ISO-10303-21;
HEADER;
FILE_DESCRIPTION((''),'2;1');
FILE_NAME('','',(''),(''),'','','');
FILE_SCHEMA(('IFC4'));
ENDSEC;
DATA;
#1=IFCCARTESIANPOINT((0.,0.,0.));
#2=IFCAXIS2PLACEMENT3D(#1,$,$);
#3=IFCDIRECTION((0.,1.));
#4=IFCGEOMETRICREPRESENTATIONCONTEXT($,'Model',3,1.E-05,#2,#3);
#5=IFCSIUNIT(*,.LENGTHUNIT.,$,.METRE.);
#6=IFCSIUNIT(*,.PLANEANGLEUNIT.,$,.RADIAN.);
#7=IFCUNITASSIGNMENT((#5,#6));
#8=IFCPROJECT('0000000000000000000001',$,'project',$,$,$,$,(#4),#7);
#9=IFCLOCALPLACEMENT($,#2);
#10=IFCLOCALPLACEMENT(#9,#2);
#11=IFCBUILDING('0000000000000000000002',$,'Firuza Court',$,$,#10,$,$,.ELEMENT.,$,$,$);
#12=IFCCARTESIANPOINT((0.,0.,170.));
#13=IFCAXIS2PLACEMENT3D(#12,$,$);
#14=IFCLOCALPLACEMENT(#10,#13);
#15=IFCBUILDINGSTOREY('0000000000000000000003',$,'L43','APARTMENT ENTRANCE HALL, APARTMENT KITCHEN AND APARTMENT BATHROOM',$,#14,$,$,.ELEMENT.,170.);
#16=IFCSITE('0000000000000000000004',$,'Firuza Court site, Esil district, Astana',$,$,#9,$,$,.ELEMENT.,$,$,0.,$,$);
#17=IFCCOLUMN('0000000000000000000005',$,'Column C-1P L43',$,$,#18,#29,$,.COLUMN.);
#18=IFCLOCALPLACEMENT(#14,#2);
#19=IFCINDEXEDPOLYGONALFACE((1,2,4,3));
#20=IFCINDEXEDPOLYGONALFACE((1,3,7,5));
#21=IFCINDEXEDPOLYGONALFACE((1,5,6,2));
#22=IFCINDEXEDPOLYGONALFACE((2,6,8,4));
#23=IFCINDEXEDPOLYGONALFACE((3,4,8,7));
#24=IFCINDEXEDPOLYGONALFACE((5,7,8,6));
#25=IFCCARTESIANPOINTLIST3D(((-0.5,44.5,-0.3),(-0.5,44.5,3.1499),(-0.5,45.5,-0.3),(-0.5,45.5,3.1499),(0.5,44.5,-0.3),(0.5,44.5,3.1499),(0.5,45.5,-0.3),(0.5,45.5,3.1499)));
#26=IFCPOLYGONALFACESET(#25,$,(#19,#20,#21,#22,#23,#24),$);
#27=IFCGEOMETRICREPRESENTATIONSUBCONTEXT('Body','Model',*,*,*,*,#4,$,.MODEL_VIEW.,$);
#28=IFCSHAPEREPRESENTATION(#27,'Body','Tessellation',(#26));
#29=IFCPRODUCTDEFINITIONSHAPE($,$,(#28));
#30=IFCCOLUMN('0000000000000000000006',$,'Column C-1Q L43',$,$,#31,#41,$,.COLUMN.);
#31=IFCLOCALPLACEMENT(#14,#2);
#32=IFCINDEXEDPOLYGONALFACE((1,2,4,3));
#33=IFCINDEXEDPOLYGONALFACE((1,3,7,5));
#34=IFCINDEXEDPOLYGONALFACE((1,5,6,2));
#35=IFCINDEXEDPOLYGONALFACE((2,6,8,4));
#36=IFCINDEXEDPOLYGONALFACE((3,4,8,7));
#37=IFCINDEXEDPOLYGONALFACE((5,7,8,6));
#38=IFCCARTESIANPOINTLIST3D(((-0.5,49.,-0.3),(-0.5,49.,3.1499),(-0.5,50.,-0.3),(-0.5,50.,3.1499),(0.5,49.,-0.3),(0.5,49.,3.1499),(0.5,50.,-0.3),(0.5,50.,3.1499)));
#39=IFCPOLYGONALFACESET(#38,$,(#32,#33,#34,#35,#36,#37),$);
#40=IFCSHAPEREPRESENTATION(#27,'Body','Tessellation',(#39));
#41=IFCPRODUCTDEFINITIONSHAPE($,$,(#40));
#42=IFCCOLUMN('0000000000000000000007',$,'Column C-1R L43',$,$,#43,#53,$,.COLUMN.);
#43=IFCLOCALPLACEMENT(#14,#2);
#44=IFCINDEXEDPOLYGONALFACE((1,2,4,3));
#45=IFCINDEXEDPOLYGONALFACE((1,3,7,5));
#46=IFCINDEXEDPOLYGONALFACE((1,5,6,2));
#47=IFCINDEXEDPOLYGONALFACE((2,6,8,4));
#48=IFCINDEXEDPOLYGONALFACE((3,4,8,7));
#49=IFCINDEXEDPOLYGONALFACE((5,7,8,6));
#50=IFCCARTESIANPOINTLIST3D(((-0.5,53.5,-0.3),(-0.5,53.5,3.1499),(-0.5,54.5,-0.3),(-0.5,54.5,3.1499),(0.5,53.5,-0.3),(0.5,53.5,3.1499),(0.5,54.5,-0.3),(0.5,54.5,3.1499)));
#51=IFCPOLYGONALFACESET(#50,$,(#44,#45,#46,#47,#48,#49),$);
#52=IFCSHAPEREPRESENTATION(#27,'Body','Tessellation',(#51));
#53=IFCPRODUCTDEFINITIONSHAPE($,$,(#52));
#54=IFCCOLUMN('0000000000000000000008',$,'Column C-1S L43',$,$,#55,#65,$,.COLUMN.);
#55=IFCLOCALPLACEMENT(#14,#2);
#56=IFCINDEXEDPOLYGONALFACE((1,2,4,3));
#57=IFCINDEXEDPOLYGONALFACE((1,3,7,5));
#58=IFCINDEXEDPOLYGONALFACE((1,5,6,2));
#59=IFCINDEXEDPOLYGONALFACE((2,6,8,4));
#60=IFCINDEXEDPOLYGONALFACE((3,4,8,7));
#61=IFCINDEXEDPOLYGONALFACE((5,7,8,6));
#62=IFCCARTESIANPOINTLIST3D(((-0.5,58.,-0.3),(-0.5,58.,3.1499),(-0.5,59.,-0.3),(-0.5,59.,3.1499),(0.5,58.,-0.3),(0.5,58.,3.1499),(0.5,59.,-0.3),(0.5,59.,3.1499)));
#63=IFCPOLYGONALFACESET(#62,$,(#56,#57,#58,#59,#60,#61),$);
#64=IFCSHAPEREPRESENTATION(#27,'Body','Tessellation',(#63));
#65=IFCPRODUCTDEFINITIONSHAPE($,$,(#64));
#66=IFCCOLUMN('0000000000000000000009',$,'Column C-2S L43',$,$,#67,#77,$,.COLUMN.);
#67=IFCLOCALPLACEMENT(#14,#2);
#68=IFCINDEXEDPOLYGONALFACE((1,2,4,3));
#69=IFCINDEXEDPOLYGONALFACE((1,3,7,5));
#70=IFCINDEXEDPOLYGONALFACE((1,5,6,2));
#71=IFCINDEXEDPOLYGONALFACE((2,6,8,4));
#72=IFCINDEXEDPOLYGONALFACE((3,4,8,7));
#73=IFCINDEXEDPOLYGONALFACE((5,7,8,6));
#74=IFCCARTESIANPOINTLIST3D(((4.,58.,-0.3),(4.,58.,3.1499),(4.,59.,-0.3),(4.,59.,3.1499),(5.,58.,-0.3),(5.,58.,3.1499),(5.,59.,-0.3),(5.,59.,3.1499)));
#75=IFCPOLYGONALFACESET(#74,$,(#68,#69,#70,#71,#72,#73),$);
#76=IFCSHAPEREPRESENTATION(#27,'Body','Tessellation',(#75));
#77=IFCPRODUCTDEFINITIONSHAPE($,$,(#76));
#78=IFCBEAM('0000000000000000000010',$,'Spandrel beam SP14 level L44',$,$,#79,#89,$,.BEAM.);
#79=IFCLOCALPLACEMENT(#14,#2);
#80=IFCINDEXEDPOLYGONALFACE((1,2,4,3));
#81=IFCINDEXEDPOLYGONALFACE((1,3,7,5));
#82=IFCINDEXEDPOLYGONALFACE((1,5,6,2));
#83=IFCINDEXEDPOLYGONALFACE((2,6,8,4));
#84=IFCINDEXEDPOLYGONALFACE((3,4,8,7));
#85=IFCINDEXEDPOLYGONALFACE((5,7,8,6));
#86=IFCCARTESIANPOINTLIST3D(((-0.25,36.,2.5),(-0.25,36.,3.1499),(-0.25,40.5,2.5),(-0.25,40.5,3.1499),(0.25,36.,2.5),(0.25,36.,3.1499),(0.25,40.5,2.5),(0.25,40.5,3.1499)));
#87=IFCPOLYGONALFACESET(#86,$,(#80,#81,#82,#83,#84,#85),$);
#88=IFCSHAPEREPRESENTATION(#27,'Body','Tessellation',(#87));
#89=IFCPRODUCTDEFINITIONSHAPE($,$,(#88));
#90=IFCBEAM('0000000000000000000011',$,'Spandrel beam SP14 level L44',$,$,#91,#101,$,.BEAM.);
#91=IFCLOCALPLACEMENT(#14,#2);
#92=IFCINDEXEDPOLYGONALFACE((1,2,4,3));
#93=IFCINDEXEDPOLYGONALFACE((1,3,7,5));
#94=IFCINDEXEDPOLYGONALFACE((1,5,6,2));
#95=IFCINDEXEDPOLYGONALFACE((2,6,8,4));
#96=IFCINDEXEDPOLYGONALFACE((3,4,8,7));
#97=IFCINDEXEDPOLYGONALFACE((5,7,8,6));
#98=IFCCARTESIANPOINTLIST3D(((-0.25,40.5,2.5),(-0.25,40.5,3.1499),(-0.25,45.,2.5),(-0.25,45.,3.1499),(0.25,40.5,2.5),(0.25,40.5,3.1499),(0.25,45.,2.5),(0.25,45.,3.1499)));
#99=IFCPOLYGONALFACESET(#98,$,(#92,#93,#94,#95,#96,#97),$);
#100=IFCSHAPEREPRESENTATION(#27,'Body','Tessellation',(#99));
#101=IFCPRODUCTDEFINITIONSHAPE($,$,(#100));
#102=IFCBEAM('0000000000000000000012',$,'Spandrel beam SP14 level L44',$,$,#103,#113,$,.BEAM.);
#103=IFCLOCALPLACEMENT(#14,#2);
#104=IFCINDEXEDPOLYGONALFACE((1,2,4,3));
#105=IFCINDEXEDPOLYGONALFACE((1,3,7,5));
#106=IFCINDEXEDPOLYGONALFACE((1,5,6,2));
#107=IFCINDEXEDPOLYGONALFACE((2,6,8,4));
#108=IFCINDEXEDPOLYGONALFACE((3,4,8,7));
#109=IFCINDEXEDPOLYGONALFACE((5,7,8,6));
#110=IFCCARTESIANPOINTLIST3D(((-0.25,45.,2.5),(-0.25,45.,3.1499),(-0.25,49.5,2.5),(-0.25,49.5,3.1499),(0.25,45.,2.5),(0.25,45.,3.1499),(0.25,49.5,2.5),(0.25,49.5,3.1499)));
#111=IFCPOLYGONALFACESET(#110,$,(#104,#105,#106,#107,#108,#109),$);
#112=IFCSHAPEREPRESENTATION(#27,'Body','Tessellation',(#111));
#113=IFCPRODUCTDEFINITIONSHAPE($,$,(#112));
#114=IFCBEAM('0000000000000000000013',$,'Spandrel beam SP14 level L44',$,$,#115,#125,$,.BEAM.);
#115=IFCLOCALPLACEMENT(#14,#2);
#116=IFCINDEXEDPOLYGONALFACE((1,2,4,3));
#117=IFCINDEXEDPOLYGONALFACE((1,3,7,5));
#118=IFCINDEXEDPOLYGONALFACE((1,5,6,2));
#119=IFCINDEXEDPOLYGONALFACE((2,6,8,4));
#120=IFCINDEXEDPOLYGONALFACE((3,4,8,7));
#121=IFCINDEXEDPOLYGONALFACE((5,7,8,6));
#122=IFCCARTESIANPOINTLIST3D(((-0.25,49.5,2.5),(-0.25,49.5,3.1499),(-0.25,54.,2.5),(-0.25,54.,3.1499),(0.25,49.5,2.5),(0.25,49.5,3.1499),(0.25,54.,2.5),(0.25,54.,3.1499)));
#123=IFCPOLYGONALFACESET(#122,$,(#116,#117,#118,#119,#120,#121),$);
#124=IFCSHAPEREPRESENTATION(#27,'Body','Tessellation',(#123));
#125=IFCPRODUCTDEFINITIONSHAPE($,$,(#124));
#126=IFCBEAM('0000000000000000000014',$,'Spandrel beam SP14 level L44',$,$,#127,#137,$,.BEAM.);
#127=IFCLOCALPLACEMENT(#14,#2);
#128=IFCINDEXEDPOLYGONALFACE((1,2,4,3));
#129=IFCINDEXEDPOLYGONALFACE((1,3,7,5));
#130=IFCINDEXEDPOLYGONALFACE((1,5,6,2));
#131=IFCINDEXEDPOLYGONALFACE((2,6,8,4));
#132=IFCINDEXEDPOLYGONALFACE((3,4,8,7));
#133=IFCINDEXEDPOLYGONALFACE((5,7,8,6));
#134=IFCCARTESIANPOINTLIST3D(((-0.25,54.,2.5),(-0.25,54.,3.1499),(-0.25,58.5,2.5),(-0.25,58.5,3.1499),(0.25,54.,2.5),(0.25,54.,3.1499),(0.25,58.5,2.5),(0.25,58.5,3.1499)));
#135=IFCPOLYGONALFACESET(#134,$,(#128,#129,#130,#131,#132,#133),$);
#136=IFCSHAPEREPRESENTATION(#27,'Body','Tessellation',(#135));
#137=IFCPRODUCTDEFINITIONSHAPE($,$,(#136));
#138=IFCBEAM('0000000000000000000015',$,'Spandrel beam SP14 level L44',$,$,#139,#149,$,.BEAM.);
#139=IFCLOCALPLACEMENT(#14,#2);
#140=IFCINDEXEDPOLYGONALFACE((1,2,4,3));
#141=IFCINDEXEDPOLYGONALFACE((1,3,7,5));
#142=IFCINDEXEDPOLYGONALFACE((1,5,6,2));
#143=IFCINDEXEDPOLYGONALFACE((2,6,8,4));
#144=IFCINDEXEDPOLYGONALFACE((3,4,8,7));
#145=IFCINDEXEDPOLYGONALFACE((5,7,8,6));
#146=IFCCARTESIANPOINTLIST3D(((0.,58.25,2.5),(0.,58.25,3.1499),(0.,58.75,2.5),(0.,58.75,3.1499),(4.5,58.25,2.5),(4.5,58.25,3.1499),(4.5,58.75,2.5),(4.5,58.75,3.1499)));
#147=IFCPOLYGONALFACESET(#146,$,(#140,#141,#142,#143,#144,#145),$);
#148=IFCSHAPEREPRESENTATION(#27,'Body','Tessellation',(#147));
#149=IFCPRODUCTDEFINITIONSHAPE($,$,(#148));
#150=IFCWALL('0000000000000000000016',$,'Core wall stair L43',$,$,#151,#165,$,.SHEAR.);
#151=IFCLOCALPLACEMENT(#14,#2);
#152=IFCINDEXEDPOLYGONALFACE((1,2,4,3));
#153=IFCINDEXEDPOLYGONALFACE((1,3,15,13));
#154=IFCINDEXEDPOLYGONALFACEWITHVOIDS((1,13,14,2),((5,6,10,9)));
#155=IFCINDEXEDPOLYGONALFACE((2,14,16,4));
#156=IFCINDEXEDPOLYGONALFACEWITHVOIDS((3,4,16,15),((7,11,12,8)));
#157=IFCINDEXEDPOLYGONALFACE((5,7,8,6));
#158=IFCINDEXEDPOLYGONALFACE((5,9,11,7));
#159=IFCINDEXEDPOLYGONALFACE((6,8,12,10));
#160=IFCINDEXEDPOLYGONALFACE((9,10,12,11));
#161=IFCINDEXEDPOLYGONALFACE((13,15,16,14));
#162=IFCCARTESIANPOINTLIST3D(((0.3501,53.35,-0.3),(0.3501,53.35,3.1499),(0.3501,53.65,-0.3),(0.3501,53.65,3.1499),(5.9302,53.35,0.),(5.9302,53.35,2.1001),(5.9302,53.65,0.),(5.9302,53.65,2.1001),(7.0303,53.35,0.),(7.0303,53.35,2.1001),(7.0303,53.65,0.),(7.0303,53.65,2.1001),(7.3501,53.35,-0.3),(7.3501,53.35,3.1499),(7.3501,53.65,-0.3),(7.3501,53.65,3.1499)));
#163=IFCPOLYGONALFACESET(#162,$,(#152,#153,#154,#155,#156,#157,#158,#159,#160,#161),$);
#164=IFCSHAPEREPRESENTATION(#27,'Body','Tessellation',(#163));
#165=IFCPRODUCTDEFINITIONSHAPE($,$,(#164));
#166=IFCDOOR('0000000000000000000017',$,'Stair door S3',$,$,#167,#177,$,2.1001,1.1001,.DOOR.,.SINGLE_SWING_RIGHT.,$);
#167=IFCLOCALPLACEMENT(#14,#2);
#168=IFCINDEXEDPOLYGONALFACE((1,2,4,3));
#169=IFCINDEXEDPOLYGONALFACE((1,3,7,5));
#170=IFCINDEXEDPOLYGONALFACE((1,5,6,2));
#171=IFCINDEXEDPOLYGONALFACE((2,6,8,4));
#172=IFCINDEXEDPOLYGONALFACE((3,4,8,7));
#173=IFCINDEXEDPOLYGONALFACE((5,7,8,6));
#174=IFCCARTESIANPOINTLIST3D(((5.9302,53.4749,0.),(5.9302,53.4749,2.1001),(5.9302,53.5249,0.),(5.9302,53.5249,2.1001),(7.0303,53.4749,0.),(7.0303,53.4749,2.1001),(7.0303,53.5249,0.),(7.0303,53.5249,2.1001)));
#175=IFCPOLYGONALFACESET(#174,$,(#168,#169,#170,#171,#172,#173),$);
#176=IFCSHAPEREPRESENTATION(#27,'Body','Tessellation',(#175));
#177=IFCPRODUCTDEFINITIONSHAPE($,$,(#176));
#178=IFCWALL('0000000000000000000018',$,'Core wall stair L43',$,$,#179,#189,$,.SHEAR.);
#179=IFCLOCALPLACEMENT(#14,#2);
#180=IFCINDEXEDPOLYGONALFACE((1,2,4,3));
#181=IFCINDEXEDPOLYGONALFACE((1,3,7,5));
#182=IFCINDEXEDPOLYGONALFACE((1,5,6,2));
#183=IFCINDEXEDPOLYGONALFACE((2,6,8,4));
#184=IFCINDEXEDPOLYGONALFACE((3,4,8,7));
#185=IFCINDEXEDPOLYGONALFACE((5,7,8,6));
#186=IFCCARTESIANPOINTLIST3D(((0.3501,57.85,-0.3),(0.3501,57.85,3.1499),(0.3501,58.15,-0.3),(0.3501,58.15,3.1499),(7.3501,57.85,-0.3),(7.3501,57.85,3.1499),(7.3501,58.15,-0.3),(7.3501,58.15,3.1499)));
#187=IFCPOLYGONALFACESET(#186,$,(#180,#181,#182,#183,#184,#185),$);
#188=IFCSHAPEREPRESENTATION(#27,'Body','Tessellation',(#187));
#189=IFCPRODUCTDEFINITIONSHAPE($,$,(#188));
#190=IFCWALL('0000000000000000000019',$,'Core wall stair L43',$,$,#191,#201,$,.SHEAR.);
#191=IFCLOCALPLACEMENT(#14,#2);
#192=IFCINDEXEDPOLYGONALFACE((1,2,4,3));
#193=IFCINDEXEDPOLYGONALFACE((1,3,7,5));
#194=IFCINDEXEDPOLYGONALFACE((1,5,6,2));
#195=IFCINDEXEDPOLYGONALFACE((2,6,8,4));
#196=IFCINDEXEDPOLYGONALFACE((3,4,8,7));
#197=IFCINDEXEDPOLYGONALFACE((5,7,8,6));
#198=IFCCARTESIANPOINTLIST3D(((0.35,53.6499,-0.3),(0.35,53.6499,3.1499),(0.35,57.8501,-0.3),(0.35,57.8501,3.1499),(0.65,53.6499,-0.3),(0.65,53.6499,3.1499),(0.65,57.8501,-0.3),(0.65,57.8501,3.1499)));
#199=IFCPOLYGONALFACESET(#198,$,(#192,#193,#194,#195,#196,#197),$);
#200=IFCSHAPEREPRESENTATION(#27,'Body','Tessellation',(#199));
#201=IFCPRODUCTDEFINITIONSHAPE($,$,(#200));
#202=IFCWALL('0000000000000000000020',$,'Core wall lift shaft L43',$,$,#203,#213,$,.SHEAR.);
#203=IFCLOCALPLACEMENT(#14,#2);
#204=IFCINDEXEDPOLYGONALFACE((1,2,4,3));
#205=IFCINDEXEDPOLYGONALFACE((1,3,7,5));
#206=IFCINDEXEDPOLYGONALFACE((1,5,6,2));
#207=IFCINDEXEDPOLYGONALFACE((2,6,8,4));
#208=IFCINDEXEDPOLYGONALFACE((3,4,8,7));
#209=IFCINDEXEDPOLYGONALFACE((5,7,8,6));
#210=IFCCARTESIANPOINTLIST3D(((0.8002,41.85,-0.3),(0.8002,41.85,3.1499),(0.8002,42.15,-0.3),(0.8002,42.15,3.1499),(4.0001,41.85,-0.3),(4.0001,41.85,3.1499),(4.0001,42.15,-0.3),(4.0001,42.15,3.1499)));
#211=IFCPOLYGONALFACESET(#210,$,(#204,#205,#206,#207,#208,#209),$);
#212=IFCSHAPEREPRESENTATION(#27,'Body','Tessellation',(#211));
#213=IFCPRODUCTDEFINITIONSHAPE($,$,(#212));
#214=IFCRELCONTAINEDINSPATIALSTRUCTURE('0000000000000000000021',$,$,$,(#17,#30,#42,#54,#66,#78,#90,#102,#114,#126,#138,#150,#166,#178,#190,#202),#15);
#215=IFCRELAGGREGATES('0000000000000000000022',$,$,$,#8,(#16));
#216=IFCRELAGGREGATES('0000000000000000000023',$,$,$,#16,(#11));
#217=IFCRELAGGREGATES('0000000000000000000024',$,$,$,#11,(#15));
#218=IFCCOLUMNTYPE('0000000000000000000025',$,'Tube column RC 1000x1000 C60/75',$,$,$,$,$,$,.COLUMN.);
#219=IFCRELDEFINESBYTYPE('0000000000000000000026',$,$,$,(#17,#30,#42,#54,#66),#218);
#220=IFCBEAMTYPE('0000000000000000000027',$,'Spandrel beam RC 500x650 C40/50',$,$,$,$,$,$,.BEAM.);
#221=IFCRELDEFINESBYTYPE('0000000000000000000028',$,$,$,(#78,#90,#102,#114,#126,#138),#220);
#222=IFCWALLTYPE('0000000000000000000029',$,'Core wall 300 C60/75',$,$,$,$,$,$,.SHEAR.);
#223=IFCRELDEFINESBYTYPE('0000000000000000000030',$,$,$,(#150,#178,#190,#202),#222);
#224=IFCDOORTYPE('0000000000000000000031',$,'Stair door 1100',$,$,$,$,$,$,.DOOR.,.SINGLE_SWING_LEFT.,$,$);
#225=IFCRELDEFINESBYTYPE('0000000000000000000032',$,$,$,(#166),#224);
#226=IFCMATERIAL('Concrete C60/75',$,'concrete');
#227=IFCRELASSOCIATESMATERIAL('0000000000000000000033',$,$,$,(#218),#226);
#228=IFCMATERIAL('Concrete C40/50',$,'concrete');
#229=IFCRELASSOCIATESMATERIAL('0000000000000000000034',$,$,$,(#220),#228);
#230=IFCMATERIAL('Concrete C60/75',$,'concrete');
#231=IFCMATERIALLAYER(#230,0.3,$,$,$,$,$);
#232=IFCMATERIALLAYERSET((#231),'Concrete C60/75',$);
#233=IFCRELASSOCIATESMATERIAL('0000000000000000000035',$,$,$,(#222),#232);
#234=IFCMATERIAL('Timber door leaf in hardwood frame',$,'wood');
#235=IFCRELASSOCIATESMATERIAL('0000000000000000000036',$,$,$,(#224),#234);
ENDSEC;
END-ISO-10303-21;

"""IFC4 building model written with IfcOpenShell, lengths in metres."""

from ifc_helpers import new_model, si_unit, direction, frame, frame_2d, origin, origin_2d, place, context, subcontext, project, spatial, rectangle, extrude, material, layer, layer_set, material_profile, profile_set, type_object, element, fill, save


model = new_model("IFC4")

# Units and contexts
model_context = context("Model", 3, precision=1e-05, world=origin(), true_north=direction((0.0, 1.0)))
body_context = subcontext(model_context, "Body", "Model", "MODEL_VIEW")
ifc_project = project(units=[si_unit("LENGTHUNIT", "METRE"), si_unit("PLANEANGLEUNIT", "RADIAN")], contexts=[model_context])

# Site, building, storey
site_placement = place(None, origin())
site = spatial("IfcSite", under=ifc_project, at=site_placement, Name="Firuza Court site, Esil district, Astana", CompositionType="ELEMENT", RefElevation=0.0)
building_placement = place(site_placement, origin())
building = spatial("IfcBuilding", under=site, at=building_placement, Name="Firuza Court", CompositionType="ELEMENT")
storey_placement = place(building_placement, frame((0.0, 0.0, 170.0)))
storey = spatial("IfcBuildingStorey", under=building, at=storey_placement, Name="L43", Description="APARTMENT ENTRANCE HALL, APARTMENT KITCHEN AND APARTMENT BATHROOM", CompositionType="ELEMENT", Elevation=170.0)

# Columns
ifc_material_1 = material(Name="Concrete C60/75", Category="concrete")
ifc_material_profile_1 = material_profile(ifc_material_1, rectangle(XDim=1.0, YDim=1.0, at=origin_2d()), Name="RC 1000x1000")
ifc_profile_set_1 = profile_set([ifc_material_profile_1], Name="Concrete C60/75")
column_type = type_object("IfcColumnType", Name="Tube column RC 1000x1000 C60/75", PredefinedType="COLUMN", material=ifc_profile_set_1)
for number, where, z_axis, x_axis, name in (
    (1, (0.0, 45.0, -0.3), (0.0, 0.0, 1.0), (1.0, 0.0, 0.0), "Column C-1P L43"),
    (2, (0.0, 49.5, -0.3), (0.0, 0.0, 1.0), (1.0, 0.0, 0.0), "Column C-1Q L43"),
    (3, (0.0, 54.0, -0.3), (0.0, 0.0, 1.0), (1.0, 0.0, 0.0), "Column C-1R L43"),
    (4, (0.0, 58.5, -0.3), (0.0, 0.0, 1.0), (1.0, 0.0, 0.0), "Column C-1S L43"),
    (5, (4.5, 58.5, -0.3), (0.0, 0.0, 1.0), (1.0, 0.0, 0.0), "Column C-2S L43"),
):
    element("IfcColumn", number, at=place(storey_placement, frame(where, z_axis=z_axis, x_axis=x_axis)), inside=storey, type_object=column_type, Name=name, PredefinedType="COLUMN", context=body_context, shape_type="SweptSolid", body=[
        extrude(rectangle(XDim=1.0, YDim=1.0, at=origin_2d()), origin(), (0.0, 0.0, 1.0), 3.45),
    ])

# Beams
ifc_material_2 = material(Name="Concrete C40/50", Category="concrete")
ifc_material_profile_2 = material_profile(ifc_material_2, rectangle(XDim=0.5, YDim=0.6499, at=origin_2d()), Name="RC 500x650")
ifc_profile_set_2 = profile_set([ifc_material_profile_2], Name="Concrete C40/50")
beam_type = type_object("IfcBeamType", Name="Spandrel beam RC 500x650 C40/50", PredefinedType="BEAM", material=ifc_profile_set_2)
for number, where, z_axis, x_axis, name in (
    (6, (0.0, 40.5, 2.825), (0.0, -1.0, 0.0), (1.0, 0.0, 0.0), "Spandrel beam SP14 level L44"),
    (7, (0.0, 45.0, 2.825), (0.0, -1.0, 0.0), (1.0, 0.0, 0.0), "Spandrel beam SP14 level L44"),
    (8, (0.0, 49.5, 2.825), (0.0, -1.0, 0.0), (1.0, 0.0, 0.0), "Spandrel beam SP14 level L44"),
    (9, (0.0, 54.0, 2.825), (0.0, -1.0, 0.0), (1.0, 0.0, 0.0), "Spandrel beam SP14 level L44"),
    (10, (0.0, 58.5, 2.825), (0.0, -1.0, 0.0), (1.0, 0.0, 0.0), "Spandrel beam SP14 level L44"),
    (11, (4.5, 58.5, 2.825), (-1.0, 0.0, 0.0), (0.0, -1.0, 0.0), "Spandrel beam SP14 level L44"),
):
    element("IfcBeam", number, at=place(storey_placement, frame(where, z_axis=z_axis, x_axis=x_axis)), inside=storey, type_object=beam_type, Name=name, PredefinedType="BEAM", context=body_context, shape_type="SweptSolid", body=[
        extrude(rectangle(XDim=0.5, YDim=0.6499, at=origin_2d()), origin(), (0.0, 0.0, 1.0), 4.5),
    ])

# Wall, opening, door
ifc_material_3 = material(Name="Concrete C60/75", Category="concrete")
ifc_layer_1 = layer(ifc_material_3, 0.3)
ifc_layer_set_1 = layer_set([ifc_layer_1], Name="Concrete C60/75")
wall_type_1 = type_object("IfcWallType", Name="Core wall 300 C60/75", PredefinedType="SHEAR", material=ifc_layer_set_1)
wall_1_placement = place(storey_placement, frame((0.3501, 53.5, -0.3), z_axis=(0.0, 0.0, 1.0), x_axis=(1.0, 0.0, 0.0)))
wall_1 = element("IfcWall", 12, at=wall_1_placement, inside=storey, type_object=wall_type_1, Name="Core wall stair L43", PredefinedType="SHEAR", context=body_context, shape_type="SweptSolid", body=[
    extrude(rectangle(XDim=7.0, YDim=0.3, at=frame_2d((3.5, 0.0))), origin(), (0.0, 0.0, 1.0), 3.45),
])
opening_1_placement = place(wall_1_placement, frame((5.5801, 0.0, 0.3)))
opening_1 = element("IfcOpeningElement", 13, at=opening_1_placement, cuts=wall_1, PredefinedType="OPENING", context=body_context, shape_type="SweptSolid", body=[
    extrude(rectangle(XDim=1.1001, YDim=2.1001, at=frame_2d((0.55, 1.05))), frame((0.0, 0.1621, 0.0), z_axis=(0.0, -1.0, 0.0), x_axis=(1.0, 0.0, 0.0)), (0.0, 0.0, 1.0), 0.324),
])
ifc_material_4 = material(Name="Timber door leaf in hardwood frame", Category="wood")
door_type = type_object("IfcDoorType", Name="Stair door 1100", OperationType="SINGLE_SWING_LEFT", PredefinedType="DOOR", material=ifc_material_4)
door_placement = place(opening_1_placement, origin())
door = element("IfcDoor", 14, at=door_placement, inside=storey, type_object=door_type, Name="Stair door S3", OperationType="SINGLE_SWING_RIGHT", OverallHeight=2.1001, OverallWidth=1.1001, PredefinedType="DOOR", context=body_context, shape_type="SweptSolid", body=[
    extrude(rectangle(XDim=1.1001, YDim=2.1001, at=frame_2d((0.55, 1.05))), frame((0.0, 0.0249, 0.0), z_axis=(0.0, -1.0, 0.0), x_axis=(1.0, 0.0, 0.0)), (0.0, 0.0, 1.0), 0.05),
])
fill(opening_1, door)

# Walls
wall_2_placement = place(storey_placement, frame((0.3501, 58.0, -0.3), z_axis=(0.0, 0.0, 1.0), x_axis=(1.0, 0.0, 0.0)))
element("IfcWall", 15, at=wall_2_placement, inside=storey, type_object=wall_type_1, Name="Core wall stair L43", PredefinedType="SHEAR", context=body_context, shape_type="SweptSolid", body=[
    extrude(rectangle(XDim=7.0, YDim=0.3, at=frame_2d((3.5, 0.0))), origin(), (0.0, 0.0, 1.0), 3.45),
])
wall_3_placement = place(storey_placement, frame((0.5, 53.6499, -0.3), z_axis=(0.0, 0.0, 1.0), x_axis=(0.0, 1.0, 0.0)))
element("IfcWall", 16, at=wall_3_placement, inside=storey, type_object=wall_type_1, Name="Core wall stair L43", PredefinedType="SHEAR", context=body_context, shape_type="SweptSolid", body=[
    extrude(rectangle(XDim=4.2002, YDim=0.3, at=frame_2d((2.1001, 0.0))), origin(), (0.0, 0.0, 1.0), 3.45),
])
for number, where, z_axis, x_axis, name in (
    (17, (0.8, 42.0, -0.3), (0.0, 0.0, 1.0), (1.0, 0.0, 0.0), "Core wall lift shaft L43"),
):
    element("IfcWall", number, at=place(storey_placement, frame(where, z_axis=z_axis, x_axis=x_axis)), inside=storey, type_object=wall_type_1, Name=name, PredefinedType="SHEAR", context=body_context, shape_type="SweptSolid", body=[
        extrude(rectangle(XDim=3.2, YDim=0.3, at=frame_2d((1.6001, 0.0))), origin(), (0.0, 0.0, 1.0), 3.45),
    ])

save(model, "model.ifc")
